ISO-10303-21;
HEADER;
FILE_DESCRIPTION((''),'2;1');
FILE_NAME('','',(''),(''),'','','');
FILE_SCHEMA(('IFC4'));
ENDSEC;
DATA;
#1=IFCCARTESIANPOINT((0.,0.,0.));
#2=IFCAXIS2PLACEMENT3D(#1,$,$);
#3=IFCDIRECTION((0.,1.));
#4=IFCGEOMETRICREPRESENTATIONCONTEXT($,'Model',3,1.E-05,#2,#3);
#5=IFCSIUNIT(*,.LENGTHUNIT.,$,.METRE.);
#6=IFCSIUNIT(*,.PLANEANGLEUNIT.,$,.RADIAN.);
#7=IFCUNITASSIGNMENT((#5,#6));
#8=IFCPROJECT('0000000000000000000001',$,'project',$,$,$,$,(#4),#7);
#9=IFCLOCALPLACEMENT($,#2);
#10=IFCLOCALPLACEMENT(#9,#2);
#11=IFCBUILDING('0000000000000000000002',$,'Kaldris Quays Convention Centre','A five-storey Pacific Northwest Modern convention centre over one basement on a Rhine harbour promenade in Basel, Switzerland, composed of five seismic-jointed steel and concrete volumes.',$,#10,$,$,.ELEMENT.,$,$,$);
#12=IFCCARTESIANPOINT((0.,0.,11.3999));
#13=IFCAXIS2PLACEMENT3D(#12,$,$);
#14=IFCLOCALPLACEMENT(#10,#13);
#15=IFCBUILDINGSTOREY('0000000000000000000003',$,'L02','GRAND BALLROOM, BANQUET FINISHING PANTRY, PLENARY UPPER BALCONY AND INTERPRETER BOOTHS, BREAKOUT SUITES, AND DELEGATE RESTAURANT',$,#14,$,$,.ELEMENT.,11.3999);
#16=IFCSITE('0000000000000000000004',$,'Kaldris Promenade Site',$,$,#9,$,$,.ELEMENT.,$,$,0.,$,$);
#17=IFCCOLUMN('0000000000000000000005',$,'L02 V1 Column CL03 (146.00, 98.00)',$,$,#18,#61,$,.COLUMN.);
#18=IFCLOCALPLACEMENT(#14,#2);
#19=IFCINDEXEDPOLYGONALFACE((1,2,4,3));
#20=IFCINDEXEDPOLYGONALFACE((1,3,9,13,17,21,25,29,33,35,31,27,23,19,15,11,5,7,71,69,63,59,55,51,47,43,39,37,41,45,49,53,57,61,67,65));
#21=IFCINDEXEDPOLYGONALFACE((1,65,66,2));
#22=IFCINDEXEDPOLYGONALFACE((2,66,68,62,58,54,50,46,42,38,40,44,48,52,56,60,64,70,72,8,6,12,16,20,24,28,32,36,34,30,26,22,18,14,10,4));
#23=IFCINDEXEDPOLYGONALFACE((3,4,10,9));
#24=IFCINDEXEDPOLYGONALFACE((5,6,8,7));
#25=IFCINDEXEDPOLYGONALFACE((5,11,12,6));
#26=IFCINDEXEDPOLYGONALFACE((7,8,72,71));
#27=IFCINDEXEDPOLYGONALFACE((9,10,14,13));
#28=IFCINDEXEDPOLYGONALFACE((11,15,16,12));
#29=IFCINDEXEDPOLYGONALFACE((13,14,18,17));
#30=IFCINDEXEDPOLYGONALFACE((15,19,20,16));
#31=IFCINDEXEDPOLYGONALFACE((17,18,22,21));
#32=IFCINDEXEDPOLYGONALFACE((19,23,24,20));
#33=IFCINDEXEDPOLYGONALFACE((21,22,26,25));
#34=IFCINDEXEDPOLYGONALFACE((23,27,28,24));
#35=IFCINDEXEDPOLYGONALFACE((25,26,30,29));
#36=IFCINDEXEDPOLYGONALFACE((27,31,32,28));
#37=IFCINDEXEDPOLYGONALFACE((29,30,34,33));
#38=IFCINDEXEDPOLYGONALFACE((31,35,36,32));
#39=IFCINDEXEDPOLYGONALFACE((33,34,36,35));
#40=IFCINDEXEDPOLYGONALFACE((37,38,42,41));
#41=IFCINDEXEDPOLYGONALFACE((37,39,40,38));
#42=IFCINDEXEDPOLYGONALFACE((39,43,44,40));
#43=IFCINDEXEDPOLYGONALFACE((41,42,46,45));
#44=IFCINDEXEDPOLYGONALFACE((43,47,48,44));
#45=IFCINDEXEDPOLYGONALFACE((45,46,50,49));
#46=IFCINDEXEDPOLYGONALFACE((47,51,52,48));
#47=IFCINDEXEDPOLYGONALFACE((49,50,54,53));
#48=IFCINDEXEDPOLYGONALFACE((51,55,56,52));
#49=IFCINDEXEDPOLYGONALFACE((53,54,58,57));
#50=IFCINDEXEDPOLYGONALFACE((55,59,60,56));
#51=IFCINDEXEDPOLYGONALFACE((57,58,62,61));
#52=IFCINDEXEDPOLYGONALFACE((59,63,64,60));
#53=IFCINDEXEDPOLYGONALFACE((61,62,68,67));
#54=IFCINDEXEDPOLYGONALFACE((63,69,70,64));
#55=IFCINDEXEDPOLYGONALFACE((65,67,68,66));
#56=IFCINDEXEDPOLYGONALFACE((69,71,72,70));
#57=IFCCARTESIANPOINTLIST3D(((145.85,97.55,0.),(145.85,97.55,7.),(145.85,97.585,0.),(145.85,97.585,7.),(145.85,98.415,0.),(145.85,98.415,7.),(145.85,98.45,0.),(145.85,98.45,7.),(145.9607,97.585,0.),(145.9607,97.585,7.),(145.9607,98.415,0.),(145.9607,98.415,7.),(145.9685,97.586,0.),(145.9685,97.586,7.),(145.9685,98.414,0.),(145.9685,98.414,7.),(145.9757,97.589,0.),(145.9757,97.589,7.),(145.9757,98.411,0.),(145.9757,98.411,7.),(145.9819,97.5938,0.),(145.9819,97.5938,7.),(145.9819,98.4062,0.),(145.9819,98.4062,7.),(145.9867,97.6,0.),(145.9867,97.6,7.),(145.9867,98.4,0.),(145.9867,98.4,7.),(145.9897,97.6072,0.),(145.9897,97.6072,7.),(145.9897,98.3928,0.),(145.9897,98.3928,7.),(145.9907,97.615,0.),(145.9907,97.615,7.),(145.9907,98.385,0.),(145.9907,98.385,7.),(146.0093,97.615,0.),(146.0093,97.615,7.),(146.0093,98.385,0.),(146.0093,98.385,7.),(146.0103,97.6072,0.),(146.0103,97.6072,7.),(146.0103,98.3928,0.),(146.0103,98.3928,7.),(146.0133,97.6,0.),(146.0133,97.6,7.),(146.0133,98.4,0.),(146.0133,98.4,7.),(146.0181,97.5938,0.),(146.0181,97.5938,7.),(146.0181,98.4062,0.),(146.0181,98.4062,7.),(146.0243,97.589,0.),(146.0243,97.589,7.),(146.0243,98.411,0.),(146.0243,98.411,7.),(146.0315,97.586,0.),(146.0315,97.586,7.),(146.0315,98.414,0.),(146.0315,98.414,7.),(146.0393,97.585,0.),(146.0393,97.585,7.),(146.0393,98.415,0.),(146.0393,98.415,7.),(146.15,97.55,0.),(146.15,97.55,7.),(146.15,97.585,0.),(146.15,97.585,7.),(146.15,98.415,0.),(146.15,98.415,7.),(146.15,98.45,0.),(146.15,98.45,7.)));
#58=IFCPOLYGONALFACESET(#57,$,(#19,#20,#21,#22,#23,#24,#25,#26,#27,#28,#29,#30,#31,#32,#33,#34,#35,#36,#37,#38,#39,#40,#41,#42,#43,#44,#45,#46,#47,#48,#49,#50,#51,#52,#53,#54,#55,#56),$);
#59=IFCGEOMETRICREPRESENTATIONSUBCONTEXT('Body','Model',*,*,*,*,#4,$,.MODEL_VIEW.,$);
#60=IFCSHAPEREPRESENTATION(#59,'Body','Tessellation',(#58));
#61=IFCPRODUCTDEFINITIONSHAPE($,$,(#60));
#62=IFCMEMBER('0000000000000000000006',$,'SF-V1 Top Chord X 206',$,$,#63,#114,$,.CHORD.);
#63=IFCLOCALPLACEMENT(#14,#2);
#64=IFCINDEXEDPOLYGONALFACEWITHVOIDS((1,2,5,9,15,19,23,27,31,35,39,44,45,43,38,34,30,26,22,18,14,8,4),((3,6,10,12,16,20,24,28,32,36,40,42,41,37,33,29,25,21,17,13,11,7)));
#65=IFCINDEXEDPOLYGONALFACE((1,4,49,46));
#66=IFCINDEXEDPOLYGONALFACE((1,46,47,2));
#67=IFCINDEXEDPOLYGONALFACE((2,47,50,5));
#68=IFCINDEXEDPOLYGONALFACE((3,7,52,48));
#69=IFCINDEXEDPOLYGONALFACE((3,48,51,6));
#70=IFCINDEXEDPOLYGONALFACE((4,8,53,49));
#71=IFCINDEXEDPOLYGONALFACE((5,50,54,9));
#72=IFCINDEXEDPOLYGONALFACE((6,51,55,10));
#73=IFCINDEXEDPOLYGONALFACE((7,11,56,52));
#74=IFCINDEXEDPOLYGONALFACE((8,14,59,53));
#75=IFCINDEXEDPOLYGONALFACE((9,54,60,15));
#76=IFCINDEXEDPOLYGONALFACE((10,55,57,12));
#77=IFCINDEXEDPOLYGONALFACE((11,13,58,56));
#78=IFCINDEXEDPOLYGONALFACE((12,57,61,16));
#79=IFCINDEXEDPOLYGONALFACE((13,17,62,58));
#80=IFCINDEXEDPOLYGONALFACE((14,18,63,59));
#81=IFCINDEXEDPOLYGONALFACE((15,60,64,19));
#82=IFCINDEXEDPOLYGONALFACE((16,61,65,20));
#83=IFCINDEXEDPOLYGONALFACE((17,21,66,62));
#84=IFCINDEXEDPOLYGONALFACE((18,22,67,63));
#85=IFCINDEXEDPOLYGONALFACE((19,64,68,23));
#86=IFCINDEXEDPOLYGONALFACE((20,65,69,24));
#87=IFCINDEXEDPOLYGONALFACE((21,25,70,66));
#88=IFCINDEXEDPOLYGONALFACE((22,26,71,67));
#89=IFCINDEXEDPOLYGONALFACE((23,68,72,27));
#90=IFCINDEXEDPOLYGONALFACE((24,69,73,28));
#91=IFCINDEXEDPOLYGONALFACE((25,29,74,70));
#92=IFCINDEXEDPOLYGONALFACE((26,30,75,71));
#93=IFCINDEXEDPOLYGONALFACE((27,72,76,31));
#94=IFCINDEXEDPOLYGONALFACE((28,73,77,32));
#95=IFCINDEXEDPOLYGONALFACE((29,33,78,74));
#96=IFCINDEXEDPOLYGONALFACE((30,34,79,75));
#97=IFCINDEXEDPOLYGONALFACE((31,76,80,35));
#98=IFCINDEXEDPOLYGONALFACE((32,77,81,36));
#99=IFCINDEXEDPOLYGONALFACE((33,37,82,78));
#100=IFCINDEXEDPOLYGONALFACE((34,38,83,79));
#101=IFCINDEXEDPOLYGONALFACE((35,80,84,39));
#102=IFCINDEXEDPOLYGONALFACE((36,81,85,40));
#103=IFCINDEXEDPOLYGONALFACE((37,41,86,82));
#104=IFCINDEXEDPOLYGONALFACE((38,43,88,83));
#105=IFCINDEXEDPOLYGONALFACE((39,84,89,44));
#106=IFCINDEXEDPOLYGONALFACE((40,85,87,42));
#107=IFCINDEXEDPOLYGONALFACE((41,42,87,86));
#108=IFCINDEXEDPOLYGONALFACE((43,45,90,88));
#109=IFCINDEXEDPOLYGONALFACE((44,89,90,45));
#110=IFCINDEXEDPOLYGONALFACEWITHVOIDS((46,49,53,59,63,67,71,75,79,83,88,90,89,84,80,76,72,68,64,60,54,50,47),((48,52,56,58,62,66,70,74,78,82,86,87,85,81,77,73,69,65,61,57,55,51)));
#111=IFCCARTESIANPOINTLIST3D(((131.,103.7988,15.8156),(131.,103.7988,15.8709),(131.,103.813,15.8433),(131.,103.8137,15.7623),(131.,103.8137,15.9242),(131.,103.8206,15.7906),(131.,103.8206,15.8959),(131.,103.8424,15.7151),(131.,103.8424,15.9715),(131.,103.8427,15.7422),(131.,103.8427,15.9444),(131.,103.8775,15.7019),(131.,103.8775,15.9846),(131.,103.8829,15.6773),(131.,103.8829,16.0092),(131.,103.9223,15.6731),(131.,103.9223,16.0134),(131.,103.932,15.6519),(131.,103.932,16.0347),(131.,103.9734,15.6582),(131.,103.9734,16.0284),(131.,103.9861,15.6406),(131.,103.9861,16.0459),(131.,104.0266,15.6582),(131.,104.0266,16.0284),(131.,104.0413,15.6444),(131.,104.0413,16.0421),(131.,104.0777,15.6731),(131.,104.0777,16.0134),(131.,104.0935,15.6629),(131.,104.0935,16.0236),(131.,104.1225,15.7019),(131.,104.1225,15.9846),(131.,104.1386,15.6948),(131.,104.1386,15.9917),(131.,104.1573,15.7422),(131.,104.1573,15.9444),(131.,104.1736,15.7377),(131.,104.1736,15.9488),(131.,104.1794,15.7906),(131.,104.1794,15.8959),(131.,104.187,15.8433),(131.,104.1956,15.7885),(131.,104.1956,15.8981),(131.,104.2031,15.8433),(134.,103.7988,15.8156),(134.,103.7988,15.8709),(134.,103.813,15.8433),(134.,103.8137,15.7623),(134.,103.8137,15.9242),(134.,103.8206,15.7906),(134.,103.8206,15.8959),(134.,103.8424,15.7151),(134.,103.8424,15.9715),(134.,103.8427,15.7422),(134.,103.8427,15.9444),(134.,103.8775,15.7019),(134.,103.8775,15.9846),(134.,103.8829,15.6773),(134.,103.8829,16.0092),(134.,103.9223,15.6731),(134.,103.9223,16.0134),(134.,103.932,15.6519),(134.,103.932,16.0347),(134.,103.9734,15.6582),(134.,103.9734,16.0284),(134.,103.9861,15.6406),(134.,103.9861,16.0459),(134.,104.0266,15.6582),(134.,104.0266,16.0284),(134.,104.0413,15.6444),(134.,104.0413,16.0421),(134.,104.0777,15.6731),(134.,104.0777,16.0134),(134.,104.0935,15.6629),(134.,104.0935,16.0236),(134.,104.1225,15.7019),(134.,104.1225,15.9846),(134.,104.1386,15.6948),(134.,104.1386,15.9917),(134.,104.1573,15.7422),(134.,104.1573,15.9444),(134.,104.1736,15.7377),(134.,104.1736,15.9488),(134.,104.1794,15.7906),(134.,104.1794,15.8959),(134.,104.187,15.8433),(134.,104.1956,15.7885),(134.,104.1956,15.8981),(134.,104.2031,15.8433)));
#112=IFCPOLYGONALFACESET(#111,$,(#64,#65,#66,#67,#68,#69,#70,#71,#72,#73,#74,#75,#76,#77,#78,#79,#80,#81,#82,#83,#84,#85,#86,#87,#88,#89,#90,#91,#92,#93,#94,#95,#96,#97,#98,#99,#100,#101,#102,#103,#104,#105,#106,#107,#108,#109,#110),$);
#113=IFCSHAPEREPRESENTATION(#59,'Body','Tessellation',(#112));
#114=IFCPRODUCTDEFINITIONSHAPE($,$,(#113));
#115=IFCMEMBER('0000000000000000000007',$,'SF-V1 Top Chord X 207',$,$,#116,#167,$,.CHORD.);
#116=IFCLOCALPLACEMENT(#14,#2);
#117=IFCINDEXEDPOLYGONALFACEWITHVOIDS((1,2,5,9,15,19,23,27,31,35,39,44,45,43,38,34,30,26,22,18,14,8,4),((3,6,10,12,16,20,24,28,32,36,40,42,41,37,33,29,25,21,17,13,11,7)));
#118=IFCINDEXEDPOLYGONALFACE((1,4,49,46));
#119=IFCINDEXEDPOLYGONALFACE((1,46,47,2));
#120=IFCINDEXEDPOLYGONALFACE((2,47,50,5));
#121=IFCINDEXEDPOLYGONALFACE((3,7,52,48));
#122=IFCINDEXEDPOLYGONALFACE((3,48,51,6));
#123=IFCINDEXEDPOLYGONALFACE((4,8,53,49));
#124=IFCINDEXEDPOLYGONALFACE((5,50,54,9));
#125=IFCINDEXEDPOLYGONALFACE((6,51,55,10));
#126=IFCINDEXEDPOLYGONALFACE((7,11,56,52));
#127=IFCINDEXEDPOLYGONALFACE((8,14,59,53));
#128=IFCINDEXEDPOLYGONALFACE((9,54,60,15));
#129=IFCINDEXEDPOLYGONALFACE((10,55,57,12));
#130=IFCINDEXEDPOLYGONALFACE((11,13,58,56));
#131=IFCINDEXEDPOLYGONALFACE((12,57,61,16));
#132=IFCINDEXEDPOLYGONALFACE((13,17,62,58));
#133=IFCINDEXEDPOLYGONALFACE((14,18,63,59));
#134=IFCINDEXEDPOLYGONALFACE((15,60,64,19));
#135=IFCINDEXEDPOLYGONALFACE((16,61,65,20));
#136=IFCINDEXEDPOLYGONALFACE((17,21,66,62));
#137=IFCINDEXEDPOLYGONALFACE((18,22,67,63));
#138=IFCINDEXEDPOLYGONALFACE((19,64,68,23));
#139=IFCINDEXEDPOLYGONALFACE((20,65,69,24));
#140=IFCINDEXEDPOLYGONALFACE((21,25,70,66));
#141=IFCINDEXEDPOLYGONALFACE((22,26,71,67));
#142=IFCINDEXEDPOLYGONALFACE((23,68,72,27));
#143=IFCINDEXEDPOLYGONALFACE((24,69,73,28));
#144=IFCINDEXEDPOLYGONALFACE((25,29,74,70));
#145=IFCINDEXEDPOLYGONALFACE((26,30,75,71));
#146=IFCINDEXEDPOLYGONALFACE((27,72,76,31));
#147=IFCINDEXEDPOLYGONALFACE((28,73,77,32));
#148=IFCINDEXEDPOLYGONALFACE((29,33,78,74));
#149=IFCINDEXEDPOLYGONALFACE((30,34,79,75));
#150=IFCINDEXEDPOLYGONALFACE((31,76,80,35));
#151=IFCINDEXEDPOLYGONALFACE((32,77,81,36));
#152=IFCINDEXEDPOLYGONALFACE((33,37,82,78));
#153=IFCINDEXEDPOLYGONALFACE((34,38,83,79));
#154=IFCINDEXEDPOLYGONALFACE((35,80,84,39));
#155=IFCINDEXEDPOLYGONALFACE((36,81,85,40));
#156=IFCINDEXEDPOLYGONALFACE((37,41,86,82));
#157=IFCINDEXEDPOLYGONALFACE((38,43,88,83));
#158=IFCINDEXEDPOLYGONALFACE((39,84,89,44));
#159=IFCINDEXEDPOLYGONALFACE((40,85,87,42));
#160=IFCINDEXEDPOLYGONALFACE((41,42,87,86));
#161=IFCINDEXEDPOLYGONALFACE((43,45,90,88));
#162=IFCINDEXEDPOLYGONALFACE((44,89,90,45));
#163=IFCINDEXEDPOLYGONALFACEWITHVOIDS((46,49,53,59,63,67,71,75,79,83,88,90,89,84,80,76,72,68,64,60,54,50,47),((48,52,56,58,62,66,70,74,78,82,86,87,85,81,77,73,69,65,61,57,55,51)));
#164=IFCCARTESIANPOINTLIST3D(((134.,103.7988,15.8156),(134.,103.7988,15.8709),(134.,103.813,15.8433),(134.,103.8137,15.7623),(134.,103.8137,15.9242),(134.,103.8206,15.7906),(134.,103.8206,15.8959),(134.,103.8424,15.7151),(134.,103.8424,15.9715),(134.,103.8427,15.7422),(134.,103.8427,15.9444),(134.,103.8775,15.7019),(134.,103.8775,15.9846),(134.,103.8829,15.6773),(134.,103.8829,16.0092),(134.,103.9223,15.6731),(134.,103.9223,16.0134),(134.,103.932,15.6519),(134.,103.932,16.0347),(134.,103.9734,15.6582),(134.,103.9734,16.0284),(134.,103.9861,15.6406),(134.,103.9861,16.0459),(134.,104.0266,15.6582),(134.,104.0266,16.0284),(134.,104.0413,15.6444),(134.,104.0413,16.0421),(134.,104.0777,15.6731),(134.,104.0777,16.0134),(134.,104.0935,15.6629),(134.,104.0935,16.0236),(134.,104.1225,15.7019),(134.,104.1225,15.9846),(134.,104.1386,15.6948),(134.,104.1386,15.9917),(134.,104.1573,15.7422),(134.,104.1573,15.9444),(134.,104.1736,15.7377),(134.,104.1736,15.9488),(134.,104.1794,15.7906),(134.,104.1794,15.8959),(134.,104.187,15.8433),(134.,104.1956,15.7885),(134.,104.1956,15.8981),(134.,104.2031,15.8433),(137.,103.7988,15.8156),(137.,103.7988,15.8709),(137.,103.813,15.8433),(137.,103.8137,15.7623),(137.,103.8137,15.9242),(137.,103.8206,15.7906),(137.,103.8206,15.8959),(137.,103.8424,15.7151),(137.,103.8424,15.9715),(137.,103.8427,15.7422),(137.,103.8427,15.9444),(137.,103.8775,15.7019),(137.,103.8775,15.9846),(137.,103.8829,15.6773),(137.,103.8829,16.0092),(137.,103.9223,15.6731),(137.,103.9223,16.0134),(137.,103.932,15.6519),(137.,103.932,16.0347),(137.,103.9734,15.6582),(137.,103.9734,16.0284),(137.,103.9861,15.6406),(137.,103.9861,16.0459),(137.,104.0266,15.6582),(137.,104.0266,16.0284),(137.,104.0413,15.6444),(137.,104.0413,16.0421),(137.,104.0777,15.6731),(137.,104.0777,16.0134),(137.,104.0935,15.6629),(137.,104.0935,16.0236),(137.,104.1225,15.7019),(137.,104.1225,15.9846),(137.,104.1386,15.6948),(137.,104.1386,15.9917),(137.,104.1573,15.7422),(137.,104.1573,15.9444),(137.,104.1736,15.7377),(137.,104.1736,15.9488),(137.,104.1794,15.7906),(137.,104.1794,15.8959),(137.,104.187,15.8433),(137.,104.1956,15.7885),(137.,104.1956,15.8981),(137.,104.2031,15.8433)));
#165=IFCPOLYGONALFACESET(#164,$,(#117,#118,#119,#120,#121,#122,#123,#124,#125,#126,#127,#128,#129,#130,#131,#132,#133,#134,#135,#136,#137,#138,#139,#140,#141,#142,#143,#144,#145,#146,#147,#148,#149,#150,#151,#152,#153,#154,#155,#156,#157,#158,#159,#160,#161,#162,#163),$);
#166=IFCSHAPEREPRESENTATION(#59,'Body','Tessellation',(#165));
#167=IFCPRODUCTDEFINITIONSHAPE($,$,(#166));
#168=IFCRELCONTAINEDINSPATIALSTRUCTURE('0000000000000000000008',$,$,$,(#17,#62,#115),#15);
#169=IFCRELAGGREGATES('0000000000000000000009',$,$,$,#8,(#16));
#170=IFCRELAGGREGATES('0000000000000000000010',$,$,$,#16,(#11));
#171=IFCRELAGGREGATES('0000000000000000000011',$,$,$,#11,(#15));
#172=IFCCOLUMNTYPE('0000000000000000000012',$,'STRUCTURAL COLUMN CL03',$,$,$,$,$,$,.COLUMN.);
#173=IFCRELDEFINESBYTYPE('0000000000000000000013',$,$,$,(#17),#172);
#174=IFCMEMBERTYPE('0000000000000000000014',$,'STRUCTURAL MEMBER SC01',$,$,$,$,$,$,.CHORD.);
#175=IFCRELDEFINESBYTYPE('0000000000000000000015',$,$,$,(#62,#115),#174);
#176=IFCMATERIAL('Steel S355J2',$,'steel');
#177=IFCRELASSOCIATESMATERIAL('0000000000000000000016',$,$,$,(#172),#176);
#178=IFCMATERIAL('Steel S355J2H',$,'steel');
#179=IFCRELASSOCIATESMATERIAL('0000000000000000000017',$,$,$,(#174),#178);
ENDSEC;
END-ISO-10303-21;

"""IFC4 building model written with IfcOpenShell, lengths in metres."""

from ifc_helpers import new_model, si_unit, direction, frame, origin, origin_2d, place, context, subcontext, project, spatial, hollow_circle, i_section, extrude, material, material_profile, profile_set, type_object, element, save


model = new_model("IFC4")

# Units and contexts
model_context = context("Model", 3, precision=1e-05, world=origin(), true_north=direction((0.0, 1.0)))
body_context = subcontext(model_context, "Body", "Model", "MODEL_VIEW")
ifc_project = project(units=[si_unit("LENGTHUNIT", "METRE"), si_unit("PLANEANGLEUNIT", "RADIAN")], contexts=[model_context])

# Site, building, storey
site_placement = place(None, origin())
site = spatial("IfcSite", under=ifc_project, at=site_placement, Name="Kaldris Promenade Site", CompositionType="ELEMENT", RefElevation=0.0)
building_placement = place(site_placement, origin())
building = spatial("IfcBuilding", under=site, at=building_placement, Name="Kaldris Quays Convention Centre", Description="A five-storey Pacific Northwest Modern convention centre over one basement on a Rhine harbour promenade in Basel, Switzerland, composed of five seismic-jointed steel and concrete volumes.", CompositionType="ELEMENT")
storey_placement = place(building_placement, frame((0.0, 0.0, 11.3999)))
storey = spatial("IfcBuildingStorey", under=building, at=storey_placement, Name="L02", Description="GRAND BALLROOM, BANQUET FINISHING PANTRY, PLENARY UPPER BALCONY AND INTERPRETER BOOTHS, BREAKOUT SUITES, AND DELEGATE RESTAURANT", CompositionType="ELEMENT", Elevation=11.3999)

# Column
ifc_material_1 = material(Name="Steel S355J2", Category="steel")
ifc_material_profile_1 = material_profile(ifc_material_1, i_section(OverallWidth=0.3, OverallDepth=0.8999, WebThickness=0.0186, FlangeThickness=0.0349, FilletRadius=0.03, at=origin_2d()), Name="HEB 900")
ifc_profile_set_1 = profile_set([ifc_material_profile_1], Name="Steel S355J2")
column_type = type_object("IfcColumnType", Name="STRUCTURAL COLUMN CL03", PredefinedType="COLUMN", material=ifc_profile_set_1)
column_placement = place(storey_placement, frame((146.0, 98.0, 0.0), z_axis=(0.0, 0.0, 1.0), x_axis=(1.0, 0.0, 0.0)))
element("IfcColumn", 1, at=column_placement, inside=storey, type_object=column_type, Name="L02 V1 Column CL03 (146.00, 98.00)", PredefinedType="COLUMN", context=body_context, shape_type="SweptSolid", body=[
    extrude(i_section(OverallWidth=0.3, OverallDepth=0.8999, WebThickness=0.0186, FlangeThickness=0.0349, FilletRadius=0.03, at=origin_2d()), origin(), (0.0, 0.0, 1.0), 7.0),
])

# Members
ifc_material_2 = material(Name="Steel S355J2H", Category="steel")
ifc_material_profile_2 = material_profile(ifc_material_2, hollow_circle(Radius=0.2031, WallThickness=0.0161, at=origin_2d()), Name="CHS 406.4x16")
ifc_profile_set_2 = profile_set([ifc_material_profile_2], Name="Steel S355J2H")
member_type_1 = type_object("IfcMemberType", Name="STRUCTURAL MEMBER SC01", PredefinedType="CHORD", material=ifc_profile_set_2)
for number, where, z_axis, x_axis, name in (
    (2, (131.0, 104.0, 15.8433), (1.0, 0.0, 0.0), (0.0, 1.0, 0.0), "SF-V1 Top Chord X 206"),
    (3, (134.0, 104.0, 15.8433), (1.0, 0.0, 0.0), (0.0, 1.0, 0.0), "SF-V1 Top Chord X 207"),
):
    element("IfcMember", number, at=place(storey_placement, frame(where, z_axis=z_axis, x_axis=x_axis)), inside=storey, type_object=member_type_1, Name=name, PredefinedType="CHORD", context=body_context, shape_type="SweptSolid", body=[
        extrude(hollow_circle(Radius=0.2031, WallThickness=0.0161, at=origin_2d()), origin(), (0.0, 0.0, 1.0), 3.0),
    ])

save(model, "model.ifc")
